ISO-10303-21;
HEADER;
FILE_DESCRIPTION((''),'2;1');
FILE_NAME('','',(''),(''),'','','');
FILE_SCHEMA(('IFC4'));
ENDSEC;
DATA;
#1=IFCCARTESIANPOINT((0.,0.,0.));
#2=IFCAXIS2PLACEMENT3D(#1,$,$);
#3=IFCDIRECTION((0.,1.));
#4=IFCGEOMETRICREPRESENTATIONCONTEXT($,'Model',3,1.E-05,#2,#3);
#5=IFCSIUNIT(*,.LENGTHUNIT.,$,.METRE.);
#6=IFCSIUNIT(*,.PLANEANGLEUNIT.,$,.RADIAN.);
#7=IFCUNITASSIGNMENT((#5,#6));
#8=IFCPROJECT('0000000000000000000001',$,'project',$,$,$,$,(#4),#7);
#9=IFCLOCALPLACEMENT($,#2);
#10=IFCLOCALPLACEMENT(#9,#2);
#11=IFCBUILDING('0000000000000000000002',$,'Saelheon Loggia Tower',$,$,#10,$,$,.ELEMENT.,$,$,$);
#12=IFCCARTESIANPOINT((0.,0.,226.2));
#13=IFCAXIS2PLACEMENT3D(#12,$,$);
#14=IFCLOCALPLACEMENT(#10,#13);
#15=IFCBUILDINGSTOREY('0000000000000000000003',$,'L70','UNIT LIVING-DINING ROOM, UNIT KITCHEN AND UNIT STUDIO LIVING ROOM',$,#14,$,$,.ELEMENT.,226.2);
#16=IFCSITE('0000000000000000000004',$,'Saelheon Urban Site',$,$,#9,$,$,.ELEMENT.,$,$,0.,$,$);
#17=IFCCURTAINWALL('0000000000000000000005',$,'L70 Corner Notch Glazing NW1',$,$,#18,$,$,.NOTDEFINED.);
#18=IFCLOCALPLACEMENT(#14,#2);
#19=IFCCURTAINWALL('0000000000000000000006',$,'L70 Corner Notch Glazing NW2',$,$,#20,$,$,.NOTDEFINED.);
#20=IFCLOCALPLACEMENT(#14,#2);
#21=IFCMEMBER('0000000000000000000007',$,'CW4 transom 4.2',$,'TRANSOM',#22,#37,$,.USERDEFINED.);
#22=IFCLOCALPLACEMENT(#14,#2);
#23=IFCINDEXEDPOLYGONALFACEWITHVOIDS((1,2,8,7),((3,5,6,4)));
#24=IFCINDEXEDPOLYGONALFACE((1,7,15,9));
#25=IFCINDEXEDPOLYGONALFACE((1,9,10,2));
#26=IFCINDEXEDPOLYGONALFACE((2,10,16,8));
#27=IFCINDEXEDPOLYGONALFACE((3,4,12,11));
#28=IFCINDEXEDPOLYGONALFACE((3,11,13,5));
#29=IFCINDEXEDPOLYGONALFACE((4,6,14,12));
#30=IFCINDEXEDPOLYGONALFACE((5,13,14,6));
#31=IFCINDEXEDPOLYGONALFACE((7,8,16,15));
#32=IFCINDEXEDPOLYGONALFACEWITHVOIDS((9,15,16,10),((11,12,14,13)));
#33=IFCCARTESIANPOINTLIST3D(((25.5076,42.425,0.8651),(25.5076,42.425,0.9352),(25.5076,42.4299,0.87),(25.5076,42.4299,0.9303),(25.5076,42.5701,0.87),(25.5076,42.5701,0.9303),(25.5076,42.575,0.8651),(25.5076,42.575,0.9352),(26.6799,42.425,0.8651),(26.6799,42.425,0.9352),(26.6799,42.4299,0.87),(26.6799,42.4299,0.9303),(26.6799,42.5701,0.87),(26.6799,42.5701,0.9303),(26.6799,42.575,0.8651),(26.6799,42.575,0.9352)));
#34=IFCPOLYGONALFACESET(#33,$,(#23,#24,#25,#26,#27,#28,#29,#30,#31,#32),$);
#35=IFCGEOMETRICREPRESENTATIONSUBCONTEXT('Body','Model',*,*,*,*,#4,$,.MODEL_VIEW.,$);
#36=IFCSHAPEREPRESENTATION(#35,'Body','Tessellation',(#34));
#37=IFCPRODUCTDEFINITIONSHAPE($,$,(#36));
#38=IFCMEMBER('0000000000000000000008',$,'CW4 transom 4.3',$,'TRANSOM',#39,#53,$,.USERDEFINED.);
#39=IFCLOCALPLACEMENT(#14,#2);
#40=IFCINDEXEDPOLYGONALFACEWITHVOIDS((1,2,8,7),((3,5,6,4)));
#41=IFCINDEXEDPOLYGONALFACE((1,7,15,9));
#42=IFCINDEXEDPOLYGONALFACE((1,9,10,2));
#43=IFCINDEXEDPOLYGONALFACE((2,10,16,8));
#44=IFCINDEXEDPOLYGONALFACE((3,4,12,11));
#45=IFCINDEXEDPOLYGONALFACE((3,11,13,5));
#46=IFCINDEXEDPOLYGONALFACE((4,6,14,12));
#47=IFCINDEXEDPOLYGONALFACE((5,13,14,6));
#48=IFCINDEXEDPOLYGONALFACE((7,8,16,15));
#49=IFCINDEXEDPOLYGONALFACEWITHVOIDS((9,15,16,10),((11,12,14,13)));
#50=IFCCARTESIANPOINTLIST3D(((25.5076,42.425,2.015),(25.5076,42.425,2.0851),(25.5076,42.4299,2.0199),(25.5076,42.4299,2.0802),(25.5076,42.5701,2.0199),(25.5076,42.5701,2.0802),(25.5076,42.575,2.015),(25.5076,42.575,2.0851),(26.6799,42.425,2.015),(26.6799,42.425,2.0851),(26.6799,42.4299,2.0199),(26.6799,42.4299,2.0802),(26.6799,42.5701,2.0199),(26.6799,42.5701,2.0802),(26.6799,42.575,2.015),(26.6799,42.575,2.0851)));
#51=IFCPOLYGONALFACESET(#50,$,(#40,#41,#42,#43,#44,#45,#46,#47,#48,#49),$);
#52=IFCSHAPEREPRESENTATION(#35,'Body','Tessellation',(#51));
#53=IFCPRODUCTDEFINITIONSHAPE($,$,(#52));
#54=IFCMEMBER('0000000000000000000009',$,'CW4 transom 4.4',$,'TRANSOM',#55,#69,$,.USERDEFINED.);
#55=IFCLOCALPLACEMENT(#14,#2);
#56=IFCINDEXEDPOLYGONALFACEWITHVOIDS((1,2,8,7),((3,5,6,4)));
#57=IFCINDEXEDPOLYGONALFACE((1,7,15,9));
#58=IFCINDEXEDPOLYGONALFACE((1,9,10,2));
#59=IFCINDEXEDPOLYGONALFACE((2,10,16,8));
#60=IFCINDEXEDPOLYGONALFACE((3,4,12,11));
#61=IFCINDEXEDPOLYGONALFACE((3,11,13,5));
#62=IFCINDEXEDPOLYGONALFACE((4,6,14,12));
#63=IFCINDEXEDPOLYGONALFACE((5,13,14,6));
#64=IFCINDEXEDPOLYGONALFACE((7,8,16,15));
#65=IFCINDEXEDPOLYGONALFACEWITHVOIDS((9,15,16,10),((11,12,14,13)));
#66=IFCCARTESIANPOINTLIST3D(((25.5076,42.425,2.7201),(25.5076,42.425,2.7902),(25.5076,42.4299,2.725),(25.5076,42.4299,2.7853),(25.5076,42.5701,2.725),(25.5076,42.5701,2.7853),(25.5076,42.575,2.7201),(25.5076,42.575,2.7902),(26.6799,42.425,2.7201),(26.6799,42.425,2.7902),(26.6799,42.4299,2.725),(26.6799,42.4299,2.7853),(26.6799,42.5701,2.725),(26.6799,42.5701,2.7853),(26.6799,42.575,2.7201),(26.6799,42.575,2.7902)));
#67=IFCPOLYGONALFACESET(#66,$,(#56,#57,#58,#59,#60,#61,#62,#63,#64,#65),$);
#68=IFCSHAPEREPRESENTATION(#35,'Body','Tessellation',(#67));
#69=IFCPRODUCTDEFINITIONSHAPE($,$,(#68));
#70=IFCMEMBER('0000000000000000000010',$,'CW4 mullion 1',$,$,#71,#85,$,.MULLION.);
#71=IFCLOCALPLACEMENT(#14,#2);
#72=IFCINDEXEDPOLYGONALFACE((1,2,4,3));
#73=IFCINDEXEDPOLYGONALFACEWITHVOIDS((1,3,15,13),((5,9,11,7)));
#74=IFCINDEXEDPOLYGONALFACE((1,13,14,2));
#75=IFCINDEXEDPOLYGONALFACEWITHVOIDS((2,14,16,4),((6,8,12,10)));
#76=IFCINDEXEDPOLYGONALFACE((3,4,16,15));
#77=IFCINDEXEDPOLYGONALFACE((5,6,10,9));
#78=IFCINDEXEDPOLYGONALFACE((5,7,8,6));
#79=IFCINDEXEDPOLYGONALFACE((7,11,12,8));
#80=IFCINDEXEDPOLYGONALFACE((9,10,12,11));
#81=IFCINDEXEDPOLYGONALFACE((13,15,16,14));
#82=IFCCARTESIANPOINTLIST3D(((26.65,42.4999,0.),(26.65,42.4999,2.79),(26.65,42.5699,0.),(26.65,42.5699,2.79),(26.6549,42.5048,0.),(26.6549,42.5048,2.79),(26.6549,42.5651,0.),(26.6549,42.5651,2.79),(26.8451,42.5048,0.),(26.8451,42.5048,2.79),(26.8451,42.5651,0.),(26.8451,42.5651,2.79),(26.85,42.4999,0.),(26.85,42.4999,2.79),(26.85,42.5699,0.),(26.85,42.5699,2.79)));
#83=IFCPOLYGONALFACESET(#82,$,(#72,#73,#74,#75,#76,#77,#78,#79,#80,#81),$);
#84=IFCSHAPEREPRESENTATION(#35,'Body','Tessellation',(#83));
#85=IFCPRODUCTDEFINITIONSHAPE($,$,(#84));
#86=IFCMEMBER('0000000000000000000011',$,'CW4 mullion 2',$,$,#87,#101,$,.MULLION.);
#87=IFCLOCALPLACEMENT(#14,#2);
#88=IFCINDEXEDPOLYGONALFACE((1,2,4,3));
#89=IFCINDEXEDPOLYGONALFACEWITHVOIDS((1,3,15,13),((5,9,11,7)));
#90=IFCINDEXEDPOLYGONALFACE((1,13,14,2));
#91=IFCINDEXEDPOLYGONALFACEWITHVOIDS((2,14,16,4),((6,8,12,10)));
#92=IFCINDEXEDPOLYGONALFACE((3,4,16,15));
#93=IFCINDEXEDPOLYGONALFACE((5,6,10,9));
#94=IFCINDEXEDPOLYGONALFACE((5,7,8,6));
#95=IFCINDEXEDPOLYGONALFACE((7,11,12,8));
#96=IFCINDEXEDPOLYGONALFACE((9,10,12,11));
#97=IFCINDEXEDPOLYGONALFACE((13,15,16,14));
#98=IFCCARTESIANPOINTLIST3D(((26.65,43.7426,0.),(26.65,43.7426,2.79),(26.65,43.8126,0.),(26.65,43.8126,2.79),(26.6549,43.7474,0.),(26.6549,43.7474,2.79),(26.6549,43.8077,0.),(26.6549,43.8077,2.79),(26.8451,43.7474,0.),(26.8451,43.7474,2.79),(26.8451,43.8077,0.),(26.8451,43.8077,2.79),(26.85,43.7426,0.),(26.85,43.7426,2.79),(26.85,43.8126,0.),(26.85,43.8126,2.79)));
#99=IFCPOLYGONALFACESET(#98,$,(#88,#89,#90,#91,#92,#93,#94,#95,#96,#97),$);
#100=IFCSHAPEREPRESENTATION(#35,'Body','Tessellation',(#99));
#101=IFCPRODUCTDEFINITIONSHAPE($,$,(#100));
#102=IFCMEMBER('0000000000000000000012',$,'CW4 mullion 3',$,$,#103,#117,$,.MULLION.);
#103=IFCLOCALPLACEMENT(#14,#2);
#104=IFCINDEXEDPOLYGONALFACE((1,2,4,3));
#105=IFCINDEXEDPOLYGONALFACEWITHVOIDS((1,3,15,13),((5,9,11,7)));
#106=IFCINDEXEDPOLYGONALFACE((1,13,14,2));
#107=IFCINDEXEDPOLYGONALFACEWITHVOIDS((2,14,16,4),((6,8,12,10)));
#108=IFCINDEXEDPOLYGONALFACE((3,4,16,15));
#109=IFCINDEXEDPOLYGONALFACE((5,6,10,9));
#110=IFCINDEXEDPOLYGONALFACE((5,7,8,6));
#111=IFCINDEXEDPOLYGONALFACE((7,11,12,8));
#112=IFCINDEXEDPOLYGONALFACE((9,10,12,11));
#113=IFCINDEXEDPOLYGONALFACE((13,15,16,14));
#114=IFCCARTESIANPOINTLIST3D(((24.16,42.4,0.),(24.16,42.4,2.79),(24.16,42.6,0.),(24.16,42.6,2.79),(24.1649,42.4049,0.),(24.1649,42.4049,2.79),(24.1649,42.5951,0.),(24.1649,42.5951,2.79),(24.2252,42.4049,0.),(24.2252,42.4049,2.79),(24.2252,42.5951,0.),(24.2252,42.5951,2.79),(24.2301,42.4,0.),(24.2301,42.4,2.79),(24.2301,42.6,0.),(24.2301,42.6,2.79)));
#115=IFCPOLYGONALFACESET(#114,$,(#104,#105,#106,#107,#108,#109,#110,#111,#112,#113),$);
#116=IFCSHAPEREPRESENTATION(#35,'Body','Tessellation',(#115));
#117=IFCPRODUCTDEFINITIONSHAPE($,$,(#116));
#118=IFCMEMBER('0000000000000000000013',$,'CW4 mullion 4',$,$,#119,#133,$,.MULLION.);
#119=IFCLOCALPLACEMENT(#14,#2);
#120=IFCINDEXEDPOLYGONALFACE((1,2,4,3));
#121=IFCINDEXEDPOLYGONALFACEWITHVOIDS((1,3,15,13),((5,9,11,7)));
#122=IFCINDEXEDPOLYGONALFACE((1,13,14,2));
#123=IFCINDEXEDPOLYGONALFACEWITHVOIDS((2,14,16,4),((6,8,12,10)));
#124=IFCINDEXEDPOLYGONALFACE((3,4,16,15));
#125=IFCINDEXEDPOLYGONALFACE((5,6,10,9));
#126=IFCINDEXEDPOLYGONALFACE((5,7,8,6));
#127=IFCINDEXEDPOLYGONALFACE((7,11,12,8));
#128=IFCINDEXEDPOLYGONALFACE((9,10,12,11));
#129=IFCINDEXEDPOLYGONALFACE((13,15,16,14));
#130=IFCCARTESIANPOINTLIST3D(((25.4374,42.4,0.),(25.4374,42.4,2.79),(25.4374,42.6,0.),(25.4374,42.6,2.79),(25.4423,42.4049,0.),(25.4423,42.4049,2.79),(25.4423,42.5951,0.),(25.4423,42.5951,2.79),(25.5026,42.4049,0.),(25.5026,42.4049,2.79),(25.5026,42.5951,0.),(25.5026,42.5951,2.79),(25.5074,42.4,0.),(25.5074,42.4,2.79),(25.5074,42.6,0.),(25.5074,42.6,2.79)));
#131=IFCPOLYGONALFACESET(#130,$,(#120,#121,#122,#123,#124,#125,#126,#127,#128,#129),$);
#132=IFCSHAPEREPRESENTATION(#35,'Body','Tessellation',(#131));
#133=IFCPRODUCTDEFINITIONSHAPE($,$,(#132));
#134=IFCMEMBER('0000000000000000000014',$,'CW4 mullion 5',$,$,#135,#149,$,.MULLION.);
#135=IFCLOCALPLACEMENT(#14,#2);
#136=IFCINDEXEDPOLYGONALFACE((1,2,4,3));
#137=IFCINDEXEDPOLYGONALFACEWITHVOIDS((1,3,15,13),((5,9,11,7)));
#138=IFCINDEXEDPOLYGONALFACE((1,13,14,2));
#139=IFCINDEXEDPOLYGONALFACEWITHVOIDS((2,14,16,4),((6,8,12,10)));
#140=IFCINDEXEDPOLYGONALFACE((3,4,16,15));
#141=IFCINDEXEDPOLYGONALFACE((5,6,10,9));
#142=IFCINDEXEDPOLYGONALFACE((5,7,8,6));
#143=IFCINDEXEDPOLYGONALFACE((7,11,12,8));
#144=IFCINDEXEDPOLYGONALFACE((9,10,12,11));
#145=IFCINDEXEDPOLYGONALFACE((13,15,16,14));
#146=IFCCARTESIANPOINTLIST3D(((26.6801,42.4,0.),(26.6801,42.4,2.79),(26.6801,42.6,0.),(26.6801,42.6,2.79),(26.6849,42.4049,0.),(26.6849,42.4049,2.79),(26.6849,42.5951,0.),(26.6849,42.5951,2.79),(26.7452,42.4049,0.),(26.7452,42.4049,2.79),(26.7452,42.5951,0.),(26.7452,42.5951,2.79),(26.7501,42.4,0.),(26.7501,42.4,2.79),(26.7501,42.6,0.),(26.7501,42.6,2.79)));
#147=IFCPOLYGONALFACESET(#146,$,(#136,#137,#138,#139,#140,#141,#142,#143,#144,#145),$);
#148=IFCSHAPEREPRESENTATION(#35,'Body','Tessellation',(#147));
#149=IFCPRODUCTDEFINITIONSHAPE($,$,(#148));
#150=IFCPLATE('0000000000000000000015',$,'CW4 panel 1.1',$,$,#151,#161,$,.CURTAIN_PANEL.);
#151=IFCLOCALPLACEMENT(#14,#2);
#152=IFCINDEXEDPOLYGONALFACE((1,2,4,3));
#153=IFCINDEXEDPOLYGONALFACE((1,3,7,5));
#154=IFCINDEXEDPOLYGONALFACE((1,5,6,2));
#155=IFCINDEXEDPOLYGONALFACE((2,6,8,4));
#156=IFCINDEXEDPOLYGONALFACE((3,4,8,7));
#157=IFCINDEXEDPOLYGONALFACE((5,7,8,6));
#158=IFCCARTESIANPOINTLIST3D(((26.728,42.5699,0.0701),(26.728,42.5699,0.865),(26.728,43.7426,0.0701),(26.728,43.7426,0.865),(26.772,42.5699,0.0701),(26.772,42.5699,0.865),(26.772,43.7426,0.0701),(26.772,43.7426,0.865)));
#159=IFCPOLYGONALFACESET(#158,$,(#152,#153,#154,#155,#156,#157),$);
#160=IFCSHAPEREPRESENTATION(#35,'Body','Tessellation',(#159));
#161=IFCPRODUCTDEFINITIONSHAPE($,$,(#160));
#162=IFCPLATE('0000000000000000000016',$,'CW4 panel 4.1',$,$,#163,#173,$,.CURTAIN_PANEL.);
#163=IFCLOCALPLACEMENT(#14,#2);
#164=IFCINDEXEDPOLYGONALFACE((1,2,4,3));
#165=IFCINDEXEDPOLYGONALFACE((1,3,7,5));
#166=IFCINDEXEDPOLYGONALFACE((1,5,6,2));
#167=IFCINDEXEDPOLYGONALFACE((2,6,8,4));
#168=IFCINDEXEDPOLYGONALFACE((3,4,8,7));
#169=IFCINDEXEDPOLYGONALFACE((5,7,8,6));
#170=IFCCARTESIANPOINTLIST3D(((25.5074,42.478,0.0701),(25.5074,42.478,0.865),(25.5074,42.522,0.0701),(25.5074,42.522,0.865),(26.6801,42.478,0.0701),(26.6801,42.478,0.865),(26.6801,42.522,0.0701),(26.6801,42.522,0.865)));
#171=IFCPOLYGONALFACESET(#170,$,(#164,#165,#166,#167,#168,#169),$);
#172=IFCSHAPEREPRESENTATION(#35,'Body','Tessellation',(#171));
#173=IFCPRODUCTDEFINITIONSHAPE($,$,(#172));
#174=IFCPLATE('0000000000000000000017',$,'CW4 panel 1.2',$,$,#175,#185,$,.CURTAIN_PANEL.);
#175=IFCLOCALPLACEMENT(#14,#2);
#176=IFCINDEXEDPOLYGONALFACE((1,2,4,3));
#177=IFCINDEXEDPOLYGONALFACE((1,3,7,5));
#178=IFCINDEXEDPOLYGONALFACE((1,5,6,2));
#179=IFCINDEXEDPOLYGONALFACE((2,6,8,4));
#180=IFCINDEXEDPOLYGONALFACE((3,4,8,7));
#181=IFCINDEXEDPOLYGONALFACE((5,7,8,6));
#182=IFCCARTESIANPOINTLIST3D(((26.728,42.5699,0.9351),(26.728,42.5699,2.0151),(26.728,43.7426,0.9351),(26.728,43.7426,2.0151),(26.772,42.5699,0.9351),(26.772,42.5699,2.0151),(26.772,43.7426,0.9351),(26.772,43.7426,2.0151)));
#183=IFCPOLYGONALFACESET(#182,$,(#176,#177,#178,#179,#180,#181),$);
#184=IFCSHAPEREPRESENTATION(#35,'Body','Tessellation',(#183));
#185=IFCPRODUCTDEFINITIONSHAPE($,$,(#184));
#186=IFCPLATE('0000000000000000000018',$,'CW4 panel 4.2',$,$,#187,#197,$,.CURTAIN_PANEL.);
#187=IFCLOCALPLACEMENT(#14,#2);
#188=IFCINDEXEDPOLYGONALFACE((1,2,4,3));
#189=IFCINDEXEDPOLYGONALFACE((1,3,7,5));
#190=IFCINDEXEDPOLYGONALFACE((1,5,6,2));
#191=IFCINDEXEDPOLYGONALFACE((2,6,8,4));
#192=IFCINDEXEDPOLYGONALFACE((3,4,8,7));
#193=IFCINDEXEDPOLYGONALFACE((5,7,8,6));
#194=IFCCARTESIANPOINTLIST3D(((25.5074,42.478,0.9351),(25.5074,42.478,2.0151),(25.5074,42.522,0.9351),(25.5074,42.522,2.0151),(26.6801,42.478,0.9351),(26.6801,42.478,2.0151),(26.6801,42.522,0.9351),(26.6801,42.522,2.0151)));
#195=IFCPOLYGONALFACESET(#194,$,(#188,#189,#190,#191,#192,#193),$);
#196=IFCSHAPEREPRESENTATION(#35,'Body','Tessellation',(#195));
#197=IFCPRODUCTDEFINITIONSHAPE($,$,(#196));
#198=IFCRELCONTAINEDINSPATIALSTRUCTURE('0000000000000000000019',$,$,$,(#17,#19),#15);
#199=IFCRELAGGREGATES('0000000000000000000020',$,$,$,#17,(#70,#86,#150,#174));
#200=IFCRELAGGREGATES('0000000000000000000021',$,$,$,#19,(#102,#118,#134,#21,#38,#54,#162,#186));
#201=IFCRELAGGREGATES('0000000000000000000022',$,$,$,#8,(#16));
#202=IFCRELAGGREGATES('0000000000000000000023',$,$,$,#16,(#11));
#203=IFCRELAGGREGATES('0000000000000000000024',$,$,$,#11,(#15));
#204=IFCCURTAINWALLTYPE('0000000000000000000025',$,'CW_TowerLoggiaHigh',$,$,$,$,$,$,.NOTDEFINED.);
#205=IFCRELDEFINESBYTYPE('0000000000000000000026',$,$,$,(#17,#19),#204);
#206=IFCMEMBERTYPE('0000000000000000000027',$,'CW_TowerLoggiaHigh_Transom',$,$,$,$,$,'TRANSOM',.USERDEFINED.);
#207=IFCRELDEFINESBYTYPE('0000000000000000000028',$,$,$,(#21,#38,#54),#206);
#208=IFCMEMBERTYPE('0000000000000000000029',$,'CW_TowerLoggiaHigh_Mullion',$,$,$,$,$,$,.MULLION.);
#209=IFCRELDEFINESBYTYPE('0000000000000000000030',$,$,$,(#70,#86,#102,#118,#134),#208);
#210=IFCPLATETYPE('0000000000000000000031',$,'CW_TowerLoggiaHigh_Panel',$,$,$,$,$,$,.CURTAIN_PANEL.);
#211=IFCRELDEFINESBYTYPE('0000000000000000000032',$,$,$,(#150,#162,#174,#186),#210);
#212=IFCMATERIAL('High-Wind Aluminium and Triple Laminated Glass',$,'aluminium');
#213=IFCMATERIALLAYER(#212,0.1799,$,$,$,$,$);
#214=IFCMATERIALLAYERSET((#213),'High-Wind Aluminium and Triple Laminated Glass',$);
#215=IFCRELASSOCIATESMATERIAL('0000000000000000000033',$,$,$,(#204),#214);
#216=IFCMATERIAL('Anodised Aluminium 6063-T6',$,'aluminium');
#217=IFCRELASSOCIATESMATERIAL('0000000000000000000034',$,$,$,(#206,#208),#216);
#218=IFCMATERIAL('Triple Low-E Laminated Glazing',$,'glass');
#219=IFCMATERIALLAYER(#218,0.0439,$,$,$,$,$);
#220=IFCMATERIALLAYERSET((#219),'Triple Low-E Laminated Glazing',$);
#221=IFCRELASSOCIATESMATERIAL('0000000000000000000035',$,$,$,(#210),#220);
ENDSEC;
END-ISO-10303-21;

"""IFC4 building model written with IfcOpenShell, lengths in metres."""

from ifc_helpers import new_model, si_unit, direction, frame, origin, origin_2d, place, context, subcontext, project, spatial, rectangle, hollow_rectangle, extrude, source, transform, mapped, material, layer, layer_set, material_profile, profile_set, type_object, element, aggregate, save


model = new_model("IFC4")

# Units and contexts
model_context = context("Model", 3, precision=1e-05, world=origin(), true_north=direction((0.0, 1.0)))
body_context = subcontext(model_context, "Body", "Model", "MODEL_VIEW")
ifc_project = project(units=[si_unit("LENGTHUNIT", "METRE"), si_unit("PLANEANGLEUNIT", "RADIAN")], contexts=[model_context])

# Site, building, storey
site_placement = place(None, origin())
site = spatial("IfcSite", under=ifc_project, at=site_placement, Name="Saelheon Urban Site", CompositionType="ELEMENT", RefElevation=0.0)
building_placement = place(site_placement, origin())
building = spatial("IfcBuilding", under=site, at=building_placement, Name="Saelheon Loggia Tower", CompositionType="ELEMENT")
storey_placement = place(building_placement, frame((0.0, 0.0, 226.2)))
storey = spatial("IfcBuildingStorey", under=building, at=storey_placement, Name="L70", Description="UNIT LIVING-DINING ROOM, UNIT KITCHEN AND UNIT STUDIO LIVING ROOM", CompositionType="ELEMENT", Elevation=226.2)

# Curtain wall
ifc_material_1 = material(Name="High-Wind Aluminium and Triple Laminated Glass", Category="aluminium")
ifc_layer_1 = layer(ifc_material_1, 0.1799)
ifc_layer_set_1 = layer_set([ifc_layer_1], Name="High-Wind Aluminium and Triple Laminated Glass")
curtain_wall_type = type_object("IfcCurtainWallType", Name="CW_TowerLoggiaHigh", PredefinedType="NOTDEFINED", material=ifc_layer_set_1)
curtain_wall_1_placement = place(storey_placement, origin())
curtain_wall_1 = element("IfcCurtainWall", 1, at=curtain_wall_1_placement, inside=storey, type_object=curtain_wall_type, Name="L70 Corner Notch Glazing NW1", PredefinedType="NOTDEFINED")
ifc_material_2 = material(Name="Anodised Aluminium 6063-T6", Category="aluminium")
ifc_material_profile_1 = material_profile(ifc_material_2, hollow_rectangle(XDim=0.0701, YDim=0.1499, WallThickness=0.0049, at=origin_2d()), Name="RHS-150x70x5")
ifc_profile_set_1 = profile_set([ifc_material_profile_1], Name="Anodised Aluminium 6063-T6")
member_type_1 = type_object("IfcMemberType", Name="CW_TowerLoggiaHigh_Transom", ElementType="TRANSOM", PredefinedType="USERDEFINED", material=ifc_profile_set_1)

# Curtain wall
curtain_wall_2_placement = place(storey_placement, origin())
curtain_wall_2 = element("IfcCurtainWall", 2, at=curtain_wall_2_placement, inside=storey, type_object=curtain_wall_type, Name="L70 Corner Notch Glazing NW2", PredefinedType="NOTDEFINED")

# Members
shared_shape_1 = source(origin(), body_context, "Body", "SweptSolid", [
    extrude(hollow_rectangle(XDim=0.0701, YDim=0.1499, WallThickness=0.0049, at=origin_2d()), origin(), (0.0, 0.0, 1.0), 1.1724),
])
member_1_placement = place(storey_placement, frame((25.5076, 42.5, 0.9001), z_axis=(1.0, 0.0, 0.0), x_axis=(0.0, 0.0, 1.0)))
member_1 = element("IfcMember", 3, at=member_1_placement, type_object=member_type_1, Name="CW4 transom 4.2", ObjectType="TRANSOM", PredefinedType="USERDEFINED", context=body_context, shape_type="MappedRepresentation", body=[
    mapped(shared_shape_1, transform((0.0, 0.0, 0.0), scale=1.0)),
])
member_2_placement = place(storey_placement, frame((25.5076, 42.5, 2.05), z_axis=(1.0, 0.0, 0.0), x_axis=(0.0, 0.0, 1.0)))
member_2 = element("IfcMember", 4, at=member_2_placement, type_object=member_type_1, Name="CW4 transom 4.3", ObjectType="TRANSOM", PredefinedType="USERDEFINED", context=body_context, shape_type="MappedRepresentation", body=[
    mapped(shared_shape_1, transform((0.0, 0.0, 0.0), scale=1.0)),
])
member_3_placement = place(storey_placement, frame((25.5076, 42.5, 2.7551), z_axis=(1.0, 0.0, 0.0), x_axis=(0.0, 0.0, 1.0)))
member_3 = element("IfcMember", 5, at=member_3_placement, type_object=member_type_1, Name="CW4 transom 4.4", ObjectType="TRANSOM", PredefinedType="USERDEFINED", context=body_context, shape_type="MappedRepresentation", body=[
    mapped(shared_shape_1, transform((0.0, 0.0, 0.0), scale=1.0)),
])
ifc_material_profile_2 = material_profile(ifc_material_2, hollow_rectangle(XDim=0.0701, YDim=0.2, WallThickness=0.0049, at=origin_2d()), Name="RHS-200x70x5")
ifc_profile_set_2 = profile_set([ifc_material_profile_2], Name="Anodised Aluminium 6063-T6")
member_type_2 = type_object("IfcMemberType", Name="CW_TowerLoggiaHigh_Mullion", PredefinedType="MULLION", material=ifc_profile_set_2)
shared_shape_2 = source(origin(), body_context, "Body", "SweptSolid", [
    extrude(hollow_rectangle(XDim=0.0701, YDim=0.2, WallThickness=0.0049, at=origin_2d()), origin(), (0.0, 0.0, 1.0), 2.79),
])
member_4_placement = place(storey_placement, frame((26.75, 42.5349, 0.0), z_axis=(0.0, 0.0, 1.0), x_axis=(0.0, 1.0, 0.0)))
member_4 = element("IfcMember", 6, at=member_4_placement, type_object=member_type_2, Name="CW4 mullion 1", PredefinedType="MULLION", context=body_context, shape_type="MappedRepresentation", body=[
    mapped(shared_shape_2, transform((0.0, 0.0, 0.0), scale=1.0)),
])
member_5_placement = place(storey_placement, frame((26.75, 43.7776, 0.0), z_axis=(0.0, 0.0, 1.0), x_axis=(0.0, 1.0, 0.0)))
member_5 = element("IfcMember", 7, at=member_5_placement, type_object=member_type_2, Name="CW4 mullion 2", PredefinedType="MULLION", context=body_context, shape_type="MappedRepresentation", body=[
    mapped(shared_shape_2, transform((0.0, 0.0, 0.0), scale=1.0)),
])
member_6_placement = place(storey_placement, frame((24.1951, 42.5, 0.0), z_axis=(0.0, 0.0, 1.0), x_axis=(1.0, 0.0, 0.0)))
member_6 = element("IfcMember", 8, at=member_6_placement, type_object=member_type_2, Name="CW4 mullion 3", PredefinedType="MULLION", context=body_context, shape_type="MappedRepresentation", body=[
    mapped(shared_shape_2, transform((0.0, 0.0, 0.0), scale=1.0)),
])
member_7_placement = place(storey_placement, frame((25.4724, 42.5, 0.0), z_axis=(0.0, 0.0, 1.0), x_axis=(1.0, 0.0, 0.0)))
member_7 = element("IfcMember", 9, at=member_7_placement, type_object=member_type_2, Name="CW4 mullion 4", PredefinedType="MULLION", context=body_context, shape_type="MappedRepresentation", body=[
    mapped(shared_shape_2, transform((0.0, 0.0, 0.0), scale=1.0)),
])
member_8_placement = place(storey_placement, frame((26.7151, 42.5, 0.0), z_axis=(0.0, 0.0, 1.0), x_axis=(1.0, 0.0, 0.0)))
member_8 = element("IfcMember", 10, at=member_8_placement, type_object=member_type_2, Name="CW4 mullion 5", PredefinedType="MULLION", context=body_context, shape_type="MappedRepresentation", body=[
    mapped(shared_shape_2, transform((0.0, 0.0, 0.0), scale=1.0)),
])

# Plates
ifc_material_3 = material(Name="Triple Low-E Laminated Glazing", Category="glass")
ifc_layer_2 = layer(ifc_material_3, 0.0439)
ifc_layer_set_2 = layer_set([ifc_layer_2], Name="Triple Low-E Laminated Glazing")
plate_type = type_object("IfcPlateType", Name="CW_TowerLoggiaHigh_Panel", PredefinedType="CURTAIN_PANEL", material=ifc_layer_set_2)
shared_shape_3 = source(origin(), body_context, "Body", "SweptSolid", [
    extrude(rectangle(XDim=1.1726, YDim=0.0439, at=origin_2d()), origin(), (0.0, 0.0, 1.0), 0.7949),
])
plate_1_placement = place(storey_placement, frame((26.75, 43.1562, 0.0701), z_axis=(0.0, 0.0, 1.0), x_axis=(0.0, 1.0, 0.0)))
plate_1 = element("IfcPlate", 11, at=plate_1_placement, type_object=plate_type, Name="CW4 panel 1.1", PredefinedType="CURTAIN_PANEL", context=body_context, shape_type="MappedRepresentation", body=[
    mapped(shared_shape_3, transform((0.0, 0.0, 0.0), scale=1.0)),
])
plate_2_placement = place(storey_placement, frame((26.0938, 42.5, 0.0701), z_axis=(0.0, 0.0, 1.0), x_axis=(1.0, 0.0, 0.0)))
plate_2 = element("IfcPlate", 12, at=plate_2_placement, type_object=plate_type, Name="CW4 panel 4.1", PredefinedType="CURTAIN_PANEL", context=body_context, shape_type="MappedRepresentation", body=[
    mapped(shared_shape_3, transform((0.0, 0.0, 0.0), scale=1.0)),
])
shared_shape_4 = source(origin(), body_context, "Body", "SweptSolid", [
    extrude(rectangle(XDim=1.1726, YDim=0.0439, at=origin_2d()), origin(), (0.0, 0.0, 1.0), 1.0801),
])
plate_3_placement = place(storey_placement, frame((26.75, 43.1562, 0.9351), z_axis=(0.0, 0.0, 1.0), x_axis=(0.0, 1.0, 0.0)))
plate_3 = element("IfcPlate", 13, at=plate_3_placement, type_object=plate_type, Name="CW4 panel 1.2", PredefinedType="CURTAIN_PANEL", context=body_context, shape_type="MappedRepresentation", body=[
    mapped(shared_shape_4, transform((0.0, 0.0, 0.0), scale=1.0)),
])
plate_4_placement = place(storey_placement, frame((26.0938, 42.5, 0.9351), z_axis=(0.0, 0.0, 1.0), x_axis=(1.0, 0.0, 0.0)))
plate_4 = element("IfcPlate", 14, at=plate_4_placement, type_object=plate_type, Name="CW4 panel 4.2", PredefinedType="CURTAIN_PANEL", context=body_context, shape_type="MappedRepresentation", body=[
    mapped(shared_shape_4, transform((0.0, 0.0, 0.0), scale=1.0)),
])
aggregate(curtain_wall_1, [member_4, member_5, plate_1, plate_3])
aggregate(curtain_wall_2, [member_6, member_7, member_8, member_1, member_2, member_3, plate_2, plate_4])

save(model, "model.ifc")
